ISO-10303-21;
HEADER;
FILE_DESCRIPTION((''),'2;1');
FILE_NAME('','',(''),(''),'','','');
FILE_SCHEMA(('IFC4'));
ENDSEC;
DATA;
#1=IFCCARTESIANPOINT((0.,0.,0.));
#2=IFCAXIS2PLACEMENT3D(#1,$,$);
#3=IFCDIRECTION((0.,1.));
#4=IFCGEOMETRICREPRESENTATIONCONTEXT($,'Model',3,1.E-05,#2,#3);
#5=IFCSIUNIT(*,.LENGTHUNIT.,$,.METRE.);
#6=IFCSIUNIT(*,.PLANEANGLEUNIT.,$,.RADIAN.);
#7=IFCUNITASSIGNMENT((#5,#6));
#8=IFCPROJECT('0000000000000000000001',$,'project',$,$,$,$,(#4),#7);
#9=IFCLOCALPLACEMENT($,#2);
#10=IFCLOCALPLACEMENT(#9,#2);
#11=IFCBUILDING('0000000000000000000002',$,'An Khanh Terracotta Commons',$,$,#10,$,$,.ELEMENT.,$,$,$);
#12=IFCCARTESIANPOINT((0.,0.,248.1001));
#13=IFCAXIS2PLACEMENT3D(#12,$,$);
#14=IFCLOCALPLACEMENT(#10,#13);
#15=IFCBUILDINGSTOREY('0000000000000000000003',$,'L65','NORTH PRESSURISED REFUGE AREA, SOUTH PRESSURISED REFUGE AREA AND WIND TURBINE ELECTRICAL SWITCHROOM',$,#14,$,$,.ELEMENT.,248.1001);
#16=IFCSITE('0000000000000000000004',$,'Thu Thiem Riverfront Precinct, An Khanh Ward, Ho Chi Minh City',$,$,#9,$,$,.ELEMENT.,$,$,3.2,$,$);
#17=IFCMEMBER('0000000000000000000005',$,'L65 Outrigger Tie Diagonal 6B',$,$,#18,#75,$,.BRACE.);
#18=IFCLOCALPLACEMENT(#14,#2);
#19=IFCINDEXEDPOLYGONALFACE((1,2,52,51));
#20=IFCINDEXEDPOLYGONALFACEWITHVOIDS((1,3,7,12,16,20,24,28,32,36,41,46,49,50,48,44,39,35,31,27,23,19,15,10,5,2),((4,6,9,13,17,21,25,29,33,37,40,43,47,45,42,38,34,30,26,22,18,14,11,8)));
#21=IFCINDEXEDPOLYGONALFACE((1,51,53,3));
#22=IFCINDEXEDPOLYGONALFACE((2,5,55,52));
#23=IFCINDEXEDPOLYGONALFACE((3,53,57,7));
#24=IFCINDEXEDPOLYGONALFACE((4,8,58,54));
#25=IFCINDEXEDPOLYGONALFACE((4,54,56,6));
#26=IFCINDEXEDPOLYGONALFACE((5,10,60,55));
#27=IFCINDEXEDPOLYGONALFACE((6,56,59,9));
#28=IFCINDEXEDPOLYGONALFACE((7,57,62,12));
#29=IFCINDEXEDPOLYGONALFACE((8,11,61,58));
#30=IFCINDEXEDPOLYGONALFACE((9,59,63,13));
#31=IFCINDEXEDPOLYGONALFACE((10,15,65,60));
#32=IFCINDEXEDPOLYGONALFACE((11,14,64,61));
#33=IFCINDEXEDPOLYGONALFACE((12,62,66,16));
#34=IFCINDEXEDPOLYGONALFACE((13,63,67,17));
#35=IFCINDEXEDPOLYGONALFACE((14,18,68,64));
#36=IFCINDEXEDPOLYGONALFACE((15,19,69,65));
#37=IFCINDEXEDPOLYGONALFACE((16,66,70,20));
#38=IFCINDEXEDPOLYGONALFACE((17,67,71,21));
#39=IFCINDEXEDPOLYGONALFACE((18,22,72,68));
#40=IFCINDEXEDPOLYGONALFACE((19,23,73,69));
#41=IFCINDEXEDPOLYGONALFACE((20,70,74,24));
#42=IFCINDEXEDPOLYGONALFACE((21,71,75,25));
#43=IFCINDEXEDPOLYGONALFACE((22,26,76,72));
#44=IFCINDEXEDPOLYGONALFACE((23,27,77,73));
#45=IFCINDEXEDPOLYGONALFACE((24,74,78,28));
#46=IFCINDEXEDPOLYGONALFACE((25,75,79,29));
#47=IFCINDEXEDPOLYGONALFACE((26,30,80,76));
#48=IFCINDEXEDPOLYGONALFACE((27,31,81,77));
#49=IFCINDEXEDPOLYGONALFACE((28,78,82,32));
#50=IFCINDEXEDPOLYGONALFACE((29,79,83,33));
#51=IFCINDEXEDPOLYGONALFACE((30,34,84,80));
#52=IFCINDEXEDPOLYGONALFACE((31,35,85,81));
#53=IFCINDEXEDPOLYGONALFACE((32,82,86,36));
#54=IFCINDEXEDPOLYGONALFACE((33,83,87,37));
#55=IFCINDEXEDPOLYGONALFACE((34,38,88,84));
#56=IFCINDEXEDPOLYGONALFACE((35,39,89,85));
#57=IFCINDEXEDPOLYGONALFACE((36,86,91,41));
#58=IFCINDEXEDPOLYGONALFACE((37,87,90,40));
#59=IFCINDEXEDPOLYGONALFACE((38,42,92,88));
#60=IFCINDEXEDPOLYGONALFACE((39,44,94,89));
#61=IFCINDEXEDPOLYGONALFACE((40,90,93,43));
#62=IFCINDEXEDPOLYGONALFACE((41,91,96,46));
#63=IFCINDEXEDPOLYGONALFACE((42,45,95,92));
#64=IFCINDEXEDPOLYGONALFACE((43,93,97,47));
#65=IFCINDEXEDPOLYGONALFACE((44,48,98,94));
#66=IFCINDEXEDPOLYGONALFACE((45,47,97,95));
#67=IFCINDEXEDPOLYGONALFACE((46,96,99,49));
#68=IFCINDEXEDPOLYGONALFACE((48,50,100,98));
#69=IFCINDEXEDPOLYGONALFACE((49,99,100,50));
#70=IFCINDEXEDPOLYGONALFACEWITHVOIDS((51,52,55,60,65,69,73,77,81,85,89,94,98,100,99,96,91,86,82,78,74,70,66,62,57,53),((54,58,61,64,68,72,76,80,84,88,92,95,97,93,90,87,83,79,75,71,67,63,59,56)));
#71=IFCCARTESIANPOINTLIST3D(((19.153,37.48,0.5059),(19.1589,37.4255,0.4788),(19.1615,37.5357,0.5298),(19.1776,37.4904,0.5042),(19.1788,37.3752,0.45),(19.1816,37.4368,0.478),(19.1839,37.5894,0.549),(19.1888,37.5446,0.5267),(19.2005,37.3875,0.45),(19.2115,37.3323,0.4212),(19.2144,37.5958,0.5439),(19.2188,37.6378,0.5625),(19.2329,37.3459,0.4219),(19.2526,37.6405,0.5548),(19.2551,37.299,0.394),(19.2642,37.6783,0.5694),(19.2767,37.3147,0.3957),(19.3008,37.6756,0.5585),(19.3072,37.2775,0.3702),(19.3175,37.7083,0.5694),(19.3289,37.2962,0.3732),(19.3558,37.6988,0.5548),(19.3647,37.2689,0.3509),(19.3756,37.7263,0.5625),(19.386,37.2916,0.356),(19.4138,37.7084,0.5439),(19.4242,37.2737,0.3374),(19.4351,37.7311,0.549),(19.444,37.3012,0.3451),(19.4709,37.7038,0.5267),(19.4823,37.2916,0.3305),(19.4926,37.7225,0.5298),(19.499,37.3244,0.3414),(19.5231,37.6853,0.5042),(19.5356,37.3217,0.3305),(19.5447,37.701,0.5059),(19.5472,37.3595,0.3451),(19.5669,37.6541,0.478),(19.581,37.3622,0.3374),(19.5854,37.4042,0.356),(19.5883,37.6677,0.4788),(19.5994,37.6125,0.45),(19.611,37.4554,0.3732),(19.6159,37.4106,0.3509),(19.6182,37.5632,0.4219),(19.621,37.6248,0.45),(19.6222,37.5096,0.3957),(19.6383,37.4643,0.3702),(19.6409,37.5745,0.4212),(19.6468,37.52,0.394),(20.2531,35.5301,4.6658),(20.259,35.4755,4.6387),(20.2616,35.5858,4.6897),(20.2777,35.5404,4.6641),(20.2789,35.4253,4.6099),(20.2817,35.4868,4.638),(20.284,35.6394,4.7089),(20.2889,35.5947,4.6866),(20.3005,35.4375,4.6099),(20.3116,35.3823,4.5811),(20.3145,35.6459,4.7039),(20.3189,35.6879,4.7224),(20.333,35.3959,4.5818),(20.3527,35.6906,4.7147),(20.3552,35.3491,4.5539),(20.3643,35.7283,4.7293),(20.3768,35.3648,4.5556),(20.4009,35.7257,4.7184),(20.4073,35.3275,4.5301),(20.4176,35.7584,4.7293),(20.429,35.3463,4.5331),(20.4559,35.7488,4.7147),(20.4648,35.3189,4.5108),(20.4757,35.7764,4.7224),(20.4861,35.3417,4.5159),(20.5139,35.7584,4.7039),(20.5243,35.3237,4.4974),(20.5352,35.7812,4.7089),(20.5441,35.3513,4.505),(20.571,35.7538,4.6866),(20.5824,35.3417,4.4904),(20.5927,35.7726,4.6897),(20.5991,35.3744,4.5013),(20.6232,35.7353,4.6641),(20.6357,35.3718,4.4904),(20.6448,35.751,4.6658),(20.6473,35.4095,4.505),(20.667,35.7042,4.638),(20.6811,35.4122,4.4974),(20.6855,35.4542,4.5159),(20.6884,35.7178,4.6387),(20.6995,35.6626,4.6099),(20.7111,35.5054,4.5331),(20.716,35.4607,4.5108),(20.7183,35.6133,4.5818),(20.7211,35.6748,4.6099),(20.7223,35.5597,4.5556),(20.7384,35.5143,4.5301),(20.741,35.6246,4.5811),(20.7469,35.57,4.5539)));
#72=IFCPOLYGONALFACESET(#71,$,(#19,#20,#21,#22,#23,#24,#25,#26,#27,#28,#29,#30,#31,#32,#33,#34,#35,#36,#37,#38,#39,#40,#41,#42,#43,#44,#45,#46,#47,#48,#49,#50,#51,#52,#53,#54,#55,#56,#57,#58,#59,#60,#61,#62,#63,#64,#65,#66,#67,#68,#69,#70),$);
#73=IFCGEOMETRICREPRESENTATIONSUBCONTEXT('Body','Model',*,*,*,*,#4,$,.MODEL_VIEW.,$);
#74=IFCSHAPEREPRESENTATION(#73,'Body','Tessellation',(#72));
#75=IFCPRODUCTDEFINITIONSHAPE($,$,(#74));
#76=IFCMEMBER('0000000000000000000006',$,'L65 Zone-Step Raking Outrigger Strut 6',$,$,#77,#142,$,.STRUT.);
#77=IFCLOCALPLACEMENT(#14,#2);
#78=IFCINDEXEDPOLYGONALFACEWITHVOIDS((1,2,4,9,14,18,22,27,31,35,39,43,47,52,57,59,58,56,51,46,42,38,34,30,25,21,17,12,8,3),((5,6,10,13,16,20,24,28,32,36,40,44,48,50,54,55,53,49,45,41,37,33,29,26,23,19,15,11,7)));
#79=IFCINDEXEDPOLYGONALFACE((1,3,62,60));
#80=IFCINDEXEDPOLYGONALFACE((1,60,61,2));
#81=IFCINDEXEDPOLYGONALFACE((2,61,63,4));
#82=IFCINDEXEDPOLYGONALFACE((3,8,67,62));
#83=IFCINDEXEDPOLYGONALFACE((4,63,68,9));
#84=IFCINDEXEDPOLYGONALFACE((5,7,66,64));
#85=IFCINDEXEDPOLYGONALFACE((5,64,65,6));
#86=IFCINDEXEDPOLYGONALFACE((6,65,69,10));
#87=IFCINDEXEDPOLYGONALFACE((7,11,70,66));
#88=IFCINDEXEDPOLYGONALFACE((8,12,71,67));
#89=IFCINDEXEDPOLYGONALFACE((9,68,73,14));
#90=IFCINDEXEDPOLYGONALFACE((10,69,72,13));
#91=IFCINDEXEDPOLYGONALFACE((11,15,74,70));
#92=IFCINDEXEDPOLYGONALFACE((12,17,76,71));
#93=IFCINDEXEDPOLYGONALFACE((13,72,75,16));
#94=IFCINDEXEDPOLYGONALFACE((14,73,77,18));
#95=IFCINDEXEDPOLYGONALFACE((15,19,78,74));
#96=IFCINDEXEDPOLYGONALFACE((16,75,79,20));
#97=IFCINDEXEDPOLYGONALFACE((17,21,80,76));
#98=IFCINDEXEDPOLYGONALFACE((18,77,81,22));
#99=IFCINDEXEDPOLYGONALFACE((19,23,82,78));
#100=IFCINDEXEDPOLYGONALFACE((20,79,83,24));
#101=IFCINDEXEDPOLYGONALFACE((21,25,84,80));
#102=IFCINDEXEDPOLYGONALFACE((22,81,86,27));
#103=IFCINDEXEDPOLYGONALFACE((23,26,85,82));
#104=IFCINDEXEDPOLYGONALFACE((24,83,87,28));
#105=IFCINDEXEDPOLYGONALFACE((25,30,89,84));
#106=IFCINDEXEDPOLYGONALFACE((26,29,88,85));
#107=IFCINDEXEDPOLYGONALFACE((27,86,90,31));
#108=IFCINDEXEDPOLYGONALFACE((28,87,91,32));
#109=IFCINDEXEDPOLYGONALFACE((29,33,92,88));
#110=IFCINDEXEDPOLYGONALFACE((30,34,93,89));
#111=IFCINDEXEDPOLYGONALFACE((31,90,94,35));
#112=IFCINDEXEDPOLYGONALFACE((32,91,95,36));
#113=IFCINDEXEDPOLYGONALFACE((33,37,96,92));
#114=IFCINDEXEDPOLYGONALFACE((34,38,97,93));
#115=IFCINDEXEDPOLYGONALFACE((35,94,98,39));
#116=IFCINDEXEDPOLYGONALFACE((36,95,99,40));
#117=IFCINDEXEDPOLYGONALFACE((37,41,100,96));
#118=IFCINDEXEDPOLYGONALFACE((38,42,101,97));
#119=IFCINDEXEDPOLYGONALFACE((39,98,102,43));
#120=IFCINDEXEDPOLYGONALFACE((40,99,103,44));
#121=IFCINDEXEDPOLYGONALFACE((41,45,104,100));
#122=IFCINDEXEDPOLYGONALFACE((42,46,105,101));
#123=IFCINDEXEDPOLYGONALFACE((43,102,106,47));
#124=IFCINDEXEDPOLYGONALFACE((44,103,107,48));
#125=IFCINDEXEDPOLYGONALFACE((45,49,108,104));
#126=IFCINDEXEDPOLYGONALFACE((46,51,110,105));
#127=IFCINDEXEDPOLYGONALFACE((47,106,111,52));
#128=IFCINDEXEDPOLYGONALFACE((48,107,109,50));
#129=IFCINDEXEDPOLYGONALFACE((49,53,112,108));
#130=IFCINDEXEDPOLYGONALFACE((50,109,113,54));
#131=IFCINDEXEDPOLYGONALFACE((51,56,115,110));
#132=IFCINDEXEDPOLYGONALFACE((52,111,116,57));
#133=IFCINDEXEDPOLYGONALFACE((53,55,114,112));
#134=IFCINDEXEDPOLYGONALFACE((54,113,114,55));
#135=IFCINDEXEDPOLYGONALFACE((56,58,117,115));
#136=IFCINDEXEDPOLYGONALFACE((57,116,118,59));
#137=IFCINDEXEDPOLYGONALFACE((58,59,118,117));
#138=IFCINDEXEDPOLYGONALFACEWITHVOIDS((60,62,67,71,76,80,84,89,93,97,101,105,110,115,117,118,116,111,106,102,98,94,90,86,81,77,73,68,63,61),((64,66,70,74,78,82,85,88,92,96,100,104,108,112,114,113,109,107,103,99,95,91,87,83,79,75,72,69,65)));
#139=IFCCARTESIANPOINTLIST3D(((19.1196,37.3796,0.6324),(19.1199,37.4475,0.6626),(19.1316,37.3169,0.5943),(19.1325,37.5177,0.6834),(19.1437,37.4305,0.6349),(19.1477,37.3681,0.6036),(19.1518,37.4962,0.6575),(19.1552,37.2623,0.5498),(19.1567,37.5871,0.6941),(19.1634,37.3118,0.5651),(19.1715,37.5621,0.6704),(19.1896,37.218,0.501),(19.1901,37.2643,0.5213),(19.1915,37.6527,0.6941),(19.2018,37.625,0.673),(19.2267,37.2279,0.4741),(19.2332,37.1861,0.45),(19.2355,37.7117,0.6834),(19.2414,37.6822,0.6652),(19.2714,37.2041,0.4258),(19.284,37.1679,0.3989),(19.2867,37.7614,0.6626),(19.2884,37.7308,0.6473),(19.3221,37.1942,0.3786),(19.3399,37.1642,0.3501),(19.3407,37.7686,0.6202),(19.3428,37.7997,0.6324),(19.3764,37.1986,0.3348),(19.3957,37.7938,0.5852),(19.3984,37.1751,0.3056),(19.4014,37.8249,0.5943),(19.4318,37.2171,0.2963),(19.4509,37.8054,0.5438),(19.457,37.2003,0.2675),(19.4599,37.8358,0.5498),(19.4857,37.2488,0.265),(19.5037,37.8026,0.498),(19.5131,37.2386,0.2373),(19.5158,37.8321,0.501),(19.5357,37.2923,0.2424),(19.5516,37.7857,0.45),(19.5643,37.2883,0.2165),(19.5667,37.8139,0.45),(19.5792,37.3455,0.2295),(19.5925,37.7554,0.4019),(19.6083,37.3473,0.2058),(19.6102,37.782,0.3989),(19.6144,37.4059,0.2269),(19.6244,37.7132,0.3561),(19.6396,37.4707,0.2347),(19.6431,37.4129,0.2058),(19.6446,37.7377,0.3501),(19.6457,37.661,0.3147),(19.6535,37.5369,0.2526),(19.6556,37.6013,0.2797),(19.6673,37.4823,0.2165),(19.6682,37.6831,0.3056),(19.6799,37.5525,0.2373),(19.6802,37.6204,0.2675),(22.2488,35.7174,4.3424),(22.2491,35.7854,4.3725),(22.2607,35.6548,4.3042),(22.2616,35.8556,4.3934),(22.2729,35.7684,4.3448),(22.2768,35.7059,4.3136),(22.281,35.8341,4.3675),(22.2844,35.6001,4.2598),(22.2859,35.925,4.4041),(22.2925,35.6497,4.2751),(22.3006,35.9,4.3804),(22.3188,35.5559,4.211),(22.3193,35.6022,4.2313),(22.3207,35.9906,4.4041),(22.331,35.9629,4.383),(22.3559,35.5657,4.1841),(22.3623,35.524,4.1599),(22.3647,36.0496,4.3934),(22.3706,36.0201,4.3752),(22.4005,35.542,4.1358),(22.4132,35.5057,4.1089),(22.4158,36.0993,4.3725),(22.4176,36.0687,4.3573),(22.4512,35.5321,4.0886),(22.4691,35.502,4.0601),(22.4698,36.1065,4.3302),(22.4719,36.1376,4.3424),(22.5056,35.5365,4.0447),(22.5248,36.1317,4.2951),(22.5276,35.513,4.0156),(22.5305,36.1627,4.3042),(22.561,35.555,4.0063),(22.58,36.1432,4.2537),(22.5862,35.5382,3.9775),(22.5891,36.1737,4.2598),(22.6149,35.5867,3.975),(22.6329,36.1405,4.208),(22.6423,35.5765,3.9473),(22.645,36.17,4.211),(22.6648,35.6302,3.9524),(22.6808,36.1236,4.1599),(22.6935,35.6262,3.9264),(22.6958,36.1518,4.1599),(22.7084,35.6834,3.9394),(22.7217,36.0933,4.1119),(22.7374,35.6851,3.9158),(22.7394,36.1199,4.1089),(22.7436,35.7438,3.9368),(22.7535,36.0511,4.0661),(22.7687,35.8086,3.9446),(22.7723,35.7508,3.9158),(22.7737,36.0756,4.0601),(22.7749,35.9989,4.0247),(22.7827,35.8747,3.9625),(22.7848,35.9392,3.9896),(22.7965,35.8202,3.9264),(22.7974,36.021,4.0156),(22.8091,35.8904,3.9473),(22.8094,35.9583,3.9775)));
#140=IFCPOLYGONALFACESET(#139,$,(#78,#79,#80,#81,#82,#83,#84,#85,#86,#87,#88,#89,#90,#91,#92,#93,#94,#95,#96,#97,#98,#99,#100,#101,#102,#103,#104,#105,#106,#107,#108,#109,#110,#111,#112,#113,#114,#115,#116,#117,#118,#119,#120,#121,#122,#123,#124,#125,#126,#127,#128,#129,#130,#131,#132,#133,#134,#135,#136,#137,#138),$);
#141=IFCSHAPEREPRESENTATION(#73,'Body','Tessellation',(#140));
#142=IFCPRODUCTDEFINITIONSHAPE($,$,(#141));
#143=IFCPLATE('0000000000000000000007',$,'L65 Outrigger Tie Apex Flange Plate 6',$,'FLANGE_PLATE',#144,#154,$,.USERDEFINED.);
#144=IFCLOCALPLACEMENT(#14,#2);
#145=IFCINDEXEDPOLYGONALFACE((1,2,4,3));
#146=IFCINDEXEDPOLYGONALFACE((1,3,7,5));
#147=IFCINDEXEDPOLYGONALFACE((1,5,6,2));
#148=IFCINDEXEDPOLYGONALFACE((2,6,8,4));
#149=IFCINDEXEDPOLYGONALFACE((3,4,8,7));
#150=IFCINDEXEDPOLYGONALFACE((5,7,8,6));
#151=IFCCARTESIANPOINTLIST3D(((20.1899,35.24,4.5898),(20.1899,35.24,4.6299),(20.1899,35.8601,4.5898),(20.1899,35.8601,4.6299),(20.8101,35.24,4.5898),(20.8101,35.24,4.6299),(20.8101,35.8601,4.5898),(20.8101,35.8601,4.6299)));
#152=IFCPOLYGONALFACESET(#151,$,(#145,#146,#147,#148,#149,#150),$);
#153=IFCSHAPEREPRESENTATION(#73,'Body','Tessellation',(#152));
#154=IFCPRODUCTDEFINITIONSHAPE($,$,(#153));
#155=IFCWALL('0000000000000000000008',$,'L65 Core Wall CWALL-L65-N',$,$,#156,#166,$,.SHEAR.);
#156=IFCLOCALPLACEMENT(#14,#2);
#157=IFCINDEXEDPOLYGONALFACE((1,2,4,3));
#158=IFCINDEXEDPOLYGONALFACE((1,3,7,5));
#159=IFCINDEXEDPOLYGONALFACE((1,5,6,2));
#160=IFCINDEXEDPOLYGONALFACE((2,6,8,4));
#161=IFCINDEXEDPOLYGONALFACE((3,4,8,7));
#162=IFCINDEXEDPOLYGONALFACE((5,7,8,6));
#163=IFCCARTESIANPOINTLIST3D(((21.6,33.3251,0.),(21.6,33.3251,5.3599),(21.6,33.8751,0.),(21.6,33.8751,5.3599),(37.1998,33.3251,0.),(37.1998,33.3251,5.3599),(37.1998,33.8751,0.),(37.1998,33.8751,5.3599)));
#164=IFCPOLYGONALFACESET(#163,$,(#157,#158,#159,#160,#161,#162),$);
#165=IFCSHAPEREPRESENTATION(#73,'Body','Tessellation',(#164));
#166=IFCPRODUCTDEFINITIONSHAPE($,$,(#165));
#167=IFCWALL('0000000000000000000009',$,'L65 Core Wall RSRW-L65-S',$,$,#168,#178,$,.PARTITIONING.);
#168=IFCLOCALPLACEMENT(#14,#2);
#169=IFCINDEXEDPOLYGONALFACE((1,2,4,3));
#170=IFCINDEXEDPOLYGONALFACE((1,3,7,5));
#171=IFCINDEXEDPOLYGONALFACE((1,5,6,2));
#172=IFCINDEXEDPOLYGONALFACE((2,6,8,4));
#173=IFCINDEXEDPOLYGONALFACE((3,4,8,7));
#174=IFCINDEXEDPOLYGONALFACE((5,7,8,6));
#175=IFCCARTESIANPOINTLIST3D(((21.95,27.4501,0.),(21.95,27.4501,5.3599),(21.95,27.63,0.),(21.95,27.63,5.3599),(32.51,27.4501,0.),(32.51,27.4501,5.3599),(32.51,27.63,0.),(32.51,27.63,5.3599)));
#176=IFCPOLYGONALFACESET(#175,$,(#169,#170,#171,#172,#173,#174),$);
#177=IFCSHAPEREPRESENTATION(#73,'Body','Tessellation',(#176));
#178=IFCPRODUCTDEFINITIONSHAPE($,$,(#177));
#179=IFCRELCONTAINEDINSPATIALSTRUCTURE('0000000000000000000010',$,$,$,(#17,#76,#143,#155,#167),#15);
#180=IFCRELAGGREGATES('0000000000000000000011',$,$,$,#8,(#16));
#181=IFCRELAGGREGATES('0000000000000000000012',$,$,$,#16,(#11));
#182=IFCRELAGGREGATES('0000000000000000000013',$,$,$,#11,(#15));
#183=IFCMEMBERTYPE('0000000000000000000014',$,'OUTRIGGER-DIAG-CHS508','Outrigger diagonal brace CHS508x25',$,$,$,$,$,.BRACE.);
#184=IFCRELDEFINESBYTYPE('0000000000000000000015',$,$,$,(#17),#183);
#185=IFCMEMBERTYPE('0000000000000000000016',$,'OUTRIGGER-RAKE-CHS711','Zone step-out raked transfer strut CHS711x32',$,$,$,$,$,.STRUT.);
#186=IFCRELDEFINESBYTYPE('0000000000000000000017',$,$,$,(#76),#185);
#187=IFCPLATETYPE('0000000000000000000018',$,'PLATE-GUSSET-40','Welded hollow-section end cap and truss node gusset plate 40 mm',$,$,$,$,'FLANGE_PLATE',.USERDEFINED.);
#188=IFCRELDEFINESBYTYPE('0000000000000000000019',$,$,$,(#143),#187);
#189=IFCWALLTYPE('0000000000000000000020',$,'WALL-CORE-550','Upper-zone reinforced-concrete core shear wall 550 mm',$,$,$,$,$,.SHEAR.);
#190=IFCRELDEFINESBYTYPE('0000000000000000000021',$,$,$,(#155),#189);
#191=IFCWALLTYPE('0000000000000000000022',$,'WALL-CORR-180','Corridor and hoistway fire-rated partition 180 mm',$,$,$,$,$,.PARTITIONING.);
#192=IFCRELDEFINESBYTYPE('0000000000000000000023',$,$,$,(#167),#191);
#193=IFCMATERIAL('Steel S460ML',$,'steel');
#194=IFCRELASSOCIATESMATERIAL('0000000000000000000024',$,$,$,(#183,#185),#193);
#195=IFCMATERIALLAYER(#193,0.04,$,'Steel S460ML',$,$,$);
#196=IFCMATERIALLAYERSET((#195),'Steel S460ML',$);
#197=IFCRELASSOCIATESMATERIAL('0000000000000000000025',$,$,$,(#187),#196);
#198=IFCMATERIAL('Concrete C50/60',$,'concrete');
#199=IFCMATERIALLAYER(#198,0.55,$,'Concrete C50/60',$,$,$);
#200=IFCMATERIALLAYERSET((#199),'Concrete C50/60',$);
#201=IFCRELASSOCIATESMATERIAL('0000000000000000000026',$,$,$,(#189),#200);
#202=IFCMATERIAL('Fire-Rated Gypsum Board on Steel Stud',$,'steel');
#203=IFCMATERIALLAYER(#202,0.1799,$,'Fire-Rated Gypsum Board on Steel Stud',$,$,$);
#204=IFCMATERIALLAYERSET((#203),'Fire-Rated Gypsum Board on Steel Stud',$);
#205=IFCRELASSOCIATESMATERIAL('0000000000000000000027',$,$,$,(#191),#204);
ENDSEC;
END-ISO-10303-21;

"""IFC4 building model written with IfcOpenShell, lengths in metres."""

from ifc_helpers import new_model, si_unit, direction, frame, frame_2d, origin, origin_2d, place, context, subcontext, project, spatial, rectangle, hollow_circle, extrude, material, layer, layer_set, material_profile, profile_set, type_object, element, save


model = new_model("IFC4")

# Units and contexts
model_context = context("Model", 3, precision=1e-05, world=origin(), true_north=direction((0.0, 1.0)))
body_context = subcontext(model_context, "Body", "Model", "MODEL_VIEW")
ifc_project = project(units=[si_unit("LENGTHUNIT", "METRE"), si_unit("PLANEANGLEUNIT", "RADIAN")], contexts=[model_context])

# Site, building, storey
site_placement = place(None, origin())
site = spatial("IfcSite", under=ifc_project, at=site_placement, Name="Thu Thiem Riverfront Precinct, An Khanh Ward, Ho Chi Minh City", CompositionType="ELEMENT", RefElevation=3.2)
building_placement = place(site_placement, origin())
building = spatial("IfcBuilding", under=site, at=building_placement, Name="An Khanh Terracotta Commons", CompositionType="ELEMENT")
storey_placement = place(building_placement, frame((0.0, 0.0, 248.1001)))
storey = spatial("IfcBuildingStorey", under=building, at=storey_placement, Name="L65", Description="NORTH PRESSURISED REFUGE AREA, SOUTH PRESSURISED REFUGE AREA AND WIND TURBINE ELECTRICAL SWITCHROOM", CompositionType="ELEMENT", Elevation=248.1001)

# Shared definitions
ifc_material_1 = material(Name="Steel S460ML", Category="steel")

# Members
ifc_material_profile_1 = material_profile(ifc_material_1, hollow_circle(Radius=0.2539, WallThickness=0.0249, at=origin_2d()), Name="CHS508x25")
ifc_profile_set_1 = profile_set([ifc_material_profile_1], Name="Steel S460ML")
member_type_1 = type_object("IfcMemberType", Name="OUTRIGGER-DIAG-CHS508", Description="Outrigger diagonal brace CHS508x25", PredefinedType="BRACE", material=ifc_profile_set_1)
for number, where, z_axis, x_axis, name in (
    (1, (20.5, 35.55, 4.6099), (-0.232868, 0.412764, -0.880567), (-0.870955, -0.491364, 0.0), "L65 Outrigger Tie Diagonal 6B"),
):
    element("IfcMember", number, at=place(storey_placement, frame(where, z_axis=z_axis, x_axis=x_axis)), inside=storey, type_object=member_type_1, Name=name, PredefinedType="BRACE", context=body_context, shape_type="SweptSolid", body=[
        extrude(hollow_circle(Radius=0.2539, WallThickness=0.0249, at=origin_2d()), origin(), (0.0, 0.0, 1.0), 4.7241),
    ])
ifc_material_profile_2 = material_profile(ifc_material_1, hollow_circle(Radius=0.3555, WallThickness=0.032, at=origin_2d()), Name="CHS711x32")
ifc_profile_set_2 = profile_set([ifc_material_profile_2], Name="Steel S460ML")
member_type_2 = type_object("IfcMemberType", Name="OUTRIGGER-RAKE-CHS711", Description="Zone step-out raked transfer strut CHS711x32", PredefinedType="STRUT", material=ifc_profile_set_2)
member_1_placement = place(storey_placement, frame((19.3999, 37.5, 0.45), z_axis=(0.609958, -0.323991, 0.723174), x_axis=(0.4691, 0.883145, 0.0)))
element("IfcMember", 2, at=member_1_placement, inside=storey, type_object=member_type_2, Name="L65 Zone-Step Raking Outrigger Strut 6", PredefinedType="STRUT", context=body_context, shape_type="SweptSolid", body=[
    extrude(hollow_circle(Radius=0.3555, WallThickness=0.032, at=origin_2d()), origin(), (0.0, 0.0, 1.0), 5.1301),
])

# Plate
ifc_layer_1 = layer(ifc_material_1, 0.04, Name="Steel S460ML")
ifc_layer_set_1 = layer_set([ifc_layer_1], Name="Steel S460ML")
plate_type = type_object("IfcPlateType", Name="PLATE-GUSSET-40", Description="Welded hollow-section end cap and truss node gusset plate 40 mm", ElementType="FLANGE_PLATE", PredefinedType="USERDEFINED", material=ifc_layer_set_1)
plate_placement = place(storey_placement, frame((20.5, 35.55, 4.5898), z_axis=(0.0, 0.0, 1.0), x_axis=(1.0, 0.0, 0.0)))
element("IfcPlate", 3, at=plate_placement, inside=storey, type_object=plate_type, Name="L65 Outrigger Tie Apex Flange Plate 6", ObjectType="FLANGE_PLATE", PredefinedType="USERDEFINED", context=body_context, shape_type="SweptSolid", body=[
    extrude(rectangle(XDim=0.6201, YDim=0.6201, at=origin_2d()), origin(), (0.0, 0.0, 1.0), 0.04),
])

# Walls
ifc_material_2 = material(Name="Concrete C50/60", Category="concrete")
ifc_layer_2 = layer(ifc_material_2, 0.55, Name="Concrete C50/60")
ifc_layer_set_2 = layer_set([ifc_layer_2], Name="Concrete C50/60")
wall_type_1 = type_object("IfcWallType", Name="WALL-CORE-550", Description="Upper-zone reinforced-concrete core shear wall 550 mm", PredefinedType="SHEAR", material=ifc_layer_set_2)
wall_1_placement = place(storey_placement, frame((21.6001, 33.6001, 0.0), z_axis=(0.0, 0.0, 1.0), x_axis=(1.0, 0.0, 0.0)))
element("IfcWall", 4, at=wall_1_placement, inside=storey, type_object=wall_type_1, Name="L65 Core Wall CWALL-L65-N", PredefinedType="SHEAR", context=body_context, shape_type="SweptSolid", body=[
    extrude(rectangle(XDim=15.5999, YDim=0.55, at=frame_2d((7.7998, 0.0))), origin(), (0.0, 0.0, 1.0), 5.3599),
])
ifc_material_3 = material(Name="Fire-Rated Gypsum Board on Steel Stud", Category="steel")
ifc_layer_3 = layer(ifc_material_3, 0.1799, Name="Fire-Rated Gypsum Board on Steel Stud")
ifc_layer_set_3 = layer_set([ifc_layer_3], Name="Fire-Rated Gypsum Board on Steel Stud")
wall_type_2 = type_object("IfcWallType", Name="WALL-CORR-180", Description="Corridor and hoistway fire-rated partition 180 mm", PredefinedType="PARTITIONING", material=ifc_layer_set_3)
wall_2_placement = place(storey_placement, frame((21.95, 27.54, 0.0), z_axis=(0.0, 0.0, 1.0), x_axis=(1.0, 0.0, 0.0)))
element("IfcWall", 5, at=wall_2_placement, inside=storey, type_object=wall_type_2, Name="L65 Core Wall RSRW-L65-S", PredefinedType="PARTITIONING", context=body_context, shape_type="SweptSolid", body=[
    extrude(rectangle(XDim=10.5601, YDim=0.1799, at=frame_2d((5.28, 0.0))), origin(), (0.0, 0.0, 1.0), 5.3599),
])

save(model, "model.ifc")
